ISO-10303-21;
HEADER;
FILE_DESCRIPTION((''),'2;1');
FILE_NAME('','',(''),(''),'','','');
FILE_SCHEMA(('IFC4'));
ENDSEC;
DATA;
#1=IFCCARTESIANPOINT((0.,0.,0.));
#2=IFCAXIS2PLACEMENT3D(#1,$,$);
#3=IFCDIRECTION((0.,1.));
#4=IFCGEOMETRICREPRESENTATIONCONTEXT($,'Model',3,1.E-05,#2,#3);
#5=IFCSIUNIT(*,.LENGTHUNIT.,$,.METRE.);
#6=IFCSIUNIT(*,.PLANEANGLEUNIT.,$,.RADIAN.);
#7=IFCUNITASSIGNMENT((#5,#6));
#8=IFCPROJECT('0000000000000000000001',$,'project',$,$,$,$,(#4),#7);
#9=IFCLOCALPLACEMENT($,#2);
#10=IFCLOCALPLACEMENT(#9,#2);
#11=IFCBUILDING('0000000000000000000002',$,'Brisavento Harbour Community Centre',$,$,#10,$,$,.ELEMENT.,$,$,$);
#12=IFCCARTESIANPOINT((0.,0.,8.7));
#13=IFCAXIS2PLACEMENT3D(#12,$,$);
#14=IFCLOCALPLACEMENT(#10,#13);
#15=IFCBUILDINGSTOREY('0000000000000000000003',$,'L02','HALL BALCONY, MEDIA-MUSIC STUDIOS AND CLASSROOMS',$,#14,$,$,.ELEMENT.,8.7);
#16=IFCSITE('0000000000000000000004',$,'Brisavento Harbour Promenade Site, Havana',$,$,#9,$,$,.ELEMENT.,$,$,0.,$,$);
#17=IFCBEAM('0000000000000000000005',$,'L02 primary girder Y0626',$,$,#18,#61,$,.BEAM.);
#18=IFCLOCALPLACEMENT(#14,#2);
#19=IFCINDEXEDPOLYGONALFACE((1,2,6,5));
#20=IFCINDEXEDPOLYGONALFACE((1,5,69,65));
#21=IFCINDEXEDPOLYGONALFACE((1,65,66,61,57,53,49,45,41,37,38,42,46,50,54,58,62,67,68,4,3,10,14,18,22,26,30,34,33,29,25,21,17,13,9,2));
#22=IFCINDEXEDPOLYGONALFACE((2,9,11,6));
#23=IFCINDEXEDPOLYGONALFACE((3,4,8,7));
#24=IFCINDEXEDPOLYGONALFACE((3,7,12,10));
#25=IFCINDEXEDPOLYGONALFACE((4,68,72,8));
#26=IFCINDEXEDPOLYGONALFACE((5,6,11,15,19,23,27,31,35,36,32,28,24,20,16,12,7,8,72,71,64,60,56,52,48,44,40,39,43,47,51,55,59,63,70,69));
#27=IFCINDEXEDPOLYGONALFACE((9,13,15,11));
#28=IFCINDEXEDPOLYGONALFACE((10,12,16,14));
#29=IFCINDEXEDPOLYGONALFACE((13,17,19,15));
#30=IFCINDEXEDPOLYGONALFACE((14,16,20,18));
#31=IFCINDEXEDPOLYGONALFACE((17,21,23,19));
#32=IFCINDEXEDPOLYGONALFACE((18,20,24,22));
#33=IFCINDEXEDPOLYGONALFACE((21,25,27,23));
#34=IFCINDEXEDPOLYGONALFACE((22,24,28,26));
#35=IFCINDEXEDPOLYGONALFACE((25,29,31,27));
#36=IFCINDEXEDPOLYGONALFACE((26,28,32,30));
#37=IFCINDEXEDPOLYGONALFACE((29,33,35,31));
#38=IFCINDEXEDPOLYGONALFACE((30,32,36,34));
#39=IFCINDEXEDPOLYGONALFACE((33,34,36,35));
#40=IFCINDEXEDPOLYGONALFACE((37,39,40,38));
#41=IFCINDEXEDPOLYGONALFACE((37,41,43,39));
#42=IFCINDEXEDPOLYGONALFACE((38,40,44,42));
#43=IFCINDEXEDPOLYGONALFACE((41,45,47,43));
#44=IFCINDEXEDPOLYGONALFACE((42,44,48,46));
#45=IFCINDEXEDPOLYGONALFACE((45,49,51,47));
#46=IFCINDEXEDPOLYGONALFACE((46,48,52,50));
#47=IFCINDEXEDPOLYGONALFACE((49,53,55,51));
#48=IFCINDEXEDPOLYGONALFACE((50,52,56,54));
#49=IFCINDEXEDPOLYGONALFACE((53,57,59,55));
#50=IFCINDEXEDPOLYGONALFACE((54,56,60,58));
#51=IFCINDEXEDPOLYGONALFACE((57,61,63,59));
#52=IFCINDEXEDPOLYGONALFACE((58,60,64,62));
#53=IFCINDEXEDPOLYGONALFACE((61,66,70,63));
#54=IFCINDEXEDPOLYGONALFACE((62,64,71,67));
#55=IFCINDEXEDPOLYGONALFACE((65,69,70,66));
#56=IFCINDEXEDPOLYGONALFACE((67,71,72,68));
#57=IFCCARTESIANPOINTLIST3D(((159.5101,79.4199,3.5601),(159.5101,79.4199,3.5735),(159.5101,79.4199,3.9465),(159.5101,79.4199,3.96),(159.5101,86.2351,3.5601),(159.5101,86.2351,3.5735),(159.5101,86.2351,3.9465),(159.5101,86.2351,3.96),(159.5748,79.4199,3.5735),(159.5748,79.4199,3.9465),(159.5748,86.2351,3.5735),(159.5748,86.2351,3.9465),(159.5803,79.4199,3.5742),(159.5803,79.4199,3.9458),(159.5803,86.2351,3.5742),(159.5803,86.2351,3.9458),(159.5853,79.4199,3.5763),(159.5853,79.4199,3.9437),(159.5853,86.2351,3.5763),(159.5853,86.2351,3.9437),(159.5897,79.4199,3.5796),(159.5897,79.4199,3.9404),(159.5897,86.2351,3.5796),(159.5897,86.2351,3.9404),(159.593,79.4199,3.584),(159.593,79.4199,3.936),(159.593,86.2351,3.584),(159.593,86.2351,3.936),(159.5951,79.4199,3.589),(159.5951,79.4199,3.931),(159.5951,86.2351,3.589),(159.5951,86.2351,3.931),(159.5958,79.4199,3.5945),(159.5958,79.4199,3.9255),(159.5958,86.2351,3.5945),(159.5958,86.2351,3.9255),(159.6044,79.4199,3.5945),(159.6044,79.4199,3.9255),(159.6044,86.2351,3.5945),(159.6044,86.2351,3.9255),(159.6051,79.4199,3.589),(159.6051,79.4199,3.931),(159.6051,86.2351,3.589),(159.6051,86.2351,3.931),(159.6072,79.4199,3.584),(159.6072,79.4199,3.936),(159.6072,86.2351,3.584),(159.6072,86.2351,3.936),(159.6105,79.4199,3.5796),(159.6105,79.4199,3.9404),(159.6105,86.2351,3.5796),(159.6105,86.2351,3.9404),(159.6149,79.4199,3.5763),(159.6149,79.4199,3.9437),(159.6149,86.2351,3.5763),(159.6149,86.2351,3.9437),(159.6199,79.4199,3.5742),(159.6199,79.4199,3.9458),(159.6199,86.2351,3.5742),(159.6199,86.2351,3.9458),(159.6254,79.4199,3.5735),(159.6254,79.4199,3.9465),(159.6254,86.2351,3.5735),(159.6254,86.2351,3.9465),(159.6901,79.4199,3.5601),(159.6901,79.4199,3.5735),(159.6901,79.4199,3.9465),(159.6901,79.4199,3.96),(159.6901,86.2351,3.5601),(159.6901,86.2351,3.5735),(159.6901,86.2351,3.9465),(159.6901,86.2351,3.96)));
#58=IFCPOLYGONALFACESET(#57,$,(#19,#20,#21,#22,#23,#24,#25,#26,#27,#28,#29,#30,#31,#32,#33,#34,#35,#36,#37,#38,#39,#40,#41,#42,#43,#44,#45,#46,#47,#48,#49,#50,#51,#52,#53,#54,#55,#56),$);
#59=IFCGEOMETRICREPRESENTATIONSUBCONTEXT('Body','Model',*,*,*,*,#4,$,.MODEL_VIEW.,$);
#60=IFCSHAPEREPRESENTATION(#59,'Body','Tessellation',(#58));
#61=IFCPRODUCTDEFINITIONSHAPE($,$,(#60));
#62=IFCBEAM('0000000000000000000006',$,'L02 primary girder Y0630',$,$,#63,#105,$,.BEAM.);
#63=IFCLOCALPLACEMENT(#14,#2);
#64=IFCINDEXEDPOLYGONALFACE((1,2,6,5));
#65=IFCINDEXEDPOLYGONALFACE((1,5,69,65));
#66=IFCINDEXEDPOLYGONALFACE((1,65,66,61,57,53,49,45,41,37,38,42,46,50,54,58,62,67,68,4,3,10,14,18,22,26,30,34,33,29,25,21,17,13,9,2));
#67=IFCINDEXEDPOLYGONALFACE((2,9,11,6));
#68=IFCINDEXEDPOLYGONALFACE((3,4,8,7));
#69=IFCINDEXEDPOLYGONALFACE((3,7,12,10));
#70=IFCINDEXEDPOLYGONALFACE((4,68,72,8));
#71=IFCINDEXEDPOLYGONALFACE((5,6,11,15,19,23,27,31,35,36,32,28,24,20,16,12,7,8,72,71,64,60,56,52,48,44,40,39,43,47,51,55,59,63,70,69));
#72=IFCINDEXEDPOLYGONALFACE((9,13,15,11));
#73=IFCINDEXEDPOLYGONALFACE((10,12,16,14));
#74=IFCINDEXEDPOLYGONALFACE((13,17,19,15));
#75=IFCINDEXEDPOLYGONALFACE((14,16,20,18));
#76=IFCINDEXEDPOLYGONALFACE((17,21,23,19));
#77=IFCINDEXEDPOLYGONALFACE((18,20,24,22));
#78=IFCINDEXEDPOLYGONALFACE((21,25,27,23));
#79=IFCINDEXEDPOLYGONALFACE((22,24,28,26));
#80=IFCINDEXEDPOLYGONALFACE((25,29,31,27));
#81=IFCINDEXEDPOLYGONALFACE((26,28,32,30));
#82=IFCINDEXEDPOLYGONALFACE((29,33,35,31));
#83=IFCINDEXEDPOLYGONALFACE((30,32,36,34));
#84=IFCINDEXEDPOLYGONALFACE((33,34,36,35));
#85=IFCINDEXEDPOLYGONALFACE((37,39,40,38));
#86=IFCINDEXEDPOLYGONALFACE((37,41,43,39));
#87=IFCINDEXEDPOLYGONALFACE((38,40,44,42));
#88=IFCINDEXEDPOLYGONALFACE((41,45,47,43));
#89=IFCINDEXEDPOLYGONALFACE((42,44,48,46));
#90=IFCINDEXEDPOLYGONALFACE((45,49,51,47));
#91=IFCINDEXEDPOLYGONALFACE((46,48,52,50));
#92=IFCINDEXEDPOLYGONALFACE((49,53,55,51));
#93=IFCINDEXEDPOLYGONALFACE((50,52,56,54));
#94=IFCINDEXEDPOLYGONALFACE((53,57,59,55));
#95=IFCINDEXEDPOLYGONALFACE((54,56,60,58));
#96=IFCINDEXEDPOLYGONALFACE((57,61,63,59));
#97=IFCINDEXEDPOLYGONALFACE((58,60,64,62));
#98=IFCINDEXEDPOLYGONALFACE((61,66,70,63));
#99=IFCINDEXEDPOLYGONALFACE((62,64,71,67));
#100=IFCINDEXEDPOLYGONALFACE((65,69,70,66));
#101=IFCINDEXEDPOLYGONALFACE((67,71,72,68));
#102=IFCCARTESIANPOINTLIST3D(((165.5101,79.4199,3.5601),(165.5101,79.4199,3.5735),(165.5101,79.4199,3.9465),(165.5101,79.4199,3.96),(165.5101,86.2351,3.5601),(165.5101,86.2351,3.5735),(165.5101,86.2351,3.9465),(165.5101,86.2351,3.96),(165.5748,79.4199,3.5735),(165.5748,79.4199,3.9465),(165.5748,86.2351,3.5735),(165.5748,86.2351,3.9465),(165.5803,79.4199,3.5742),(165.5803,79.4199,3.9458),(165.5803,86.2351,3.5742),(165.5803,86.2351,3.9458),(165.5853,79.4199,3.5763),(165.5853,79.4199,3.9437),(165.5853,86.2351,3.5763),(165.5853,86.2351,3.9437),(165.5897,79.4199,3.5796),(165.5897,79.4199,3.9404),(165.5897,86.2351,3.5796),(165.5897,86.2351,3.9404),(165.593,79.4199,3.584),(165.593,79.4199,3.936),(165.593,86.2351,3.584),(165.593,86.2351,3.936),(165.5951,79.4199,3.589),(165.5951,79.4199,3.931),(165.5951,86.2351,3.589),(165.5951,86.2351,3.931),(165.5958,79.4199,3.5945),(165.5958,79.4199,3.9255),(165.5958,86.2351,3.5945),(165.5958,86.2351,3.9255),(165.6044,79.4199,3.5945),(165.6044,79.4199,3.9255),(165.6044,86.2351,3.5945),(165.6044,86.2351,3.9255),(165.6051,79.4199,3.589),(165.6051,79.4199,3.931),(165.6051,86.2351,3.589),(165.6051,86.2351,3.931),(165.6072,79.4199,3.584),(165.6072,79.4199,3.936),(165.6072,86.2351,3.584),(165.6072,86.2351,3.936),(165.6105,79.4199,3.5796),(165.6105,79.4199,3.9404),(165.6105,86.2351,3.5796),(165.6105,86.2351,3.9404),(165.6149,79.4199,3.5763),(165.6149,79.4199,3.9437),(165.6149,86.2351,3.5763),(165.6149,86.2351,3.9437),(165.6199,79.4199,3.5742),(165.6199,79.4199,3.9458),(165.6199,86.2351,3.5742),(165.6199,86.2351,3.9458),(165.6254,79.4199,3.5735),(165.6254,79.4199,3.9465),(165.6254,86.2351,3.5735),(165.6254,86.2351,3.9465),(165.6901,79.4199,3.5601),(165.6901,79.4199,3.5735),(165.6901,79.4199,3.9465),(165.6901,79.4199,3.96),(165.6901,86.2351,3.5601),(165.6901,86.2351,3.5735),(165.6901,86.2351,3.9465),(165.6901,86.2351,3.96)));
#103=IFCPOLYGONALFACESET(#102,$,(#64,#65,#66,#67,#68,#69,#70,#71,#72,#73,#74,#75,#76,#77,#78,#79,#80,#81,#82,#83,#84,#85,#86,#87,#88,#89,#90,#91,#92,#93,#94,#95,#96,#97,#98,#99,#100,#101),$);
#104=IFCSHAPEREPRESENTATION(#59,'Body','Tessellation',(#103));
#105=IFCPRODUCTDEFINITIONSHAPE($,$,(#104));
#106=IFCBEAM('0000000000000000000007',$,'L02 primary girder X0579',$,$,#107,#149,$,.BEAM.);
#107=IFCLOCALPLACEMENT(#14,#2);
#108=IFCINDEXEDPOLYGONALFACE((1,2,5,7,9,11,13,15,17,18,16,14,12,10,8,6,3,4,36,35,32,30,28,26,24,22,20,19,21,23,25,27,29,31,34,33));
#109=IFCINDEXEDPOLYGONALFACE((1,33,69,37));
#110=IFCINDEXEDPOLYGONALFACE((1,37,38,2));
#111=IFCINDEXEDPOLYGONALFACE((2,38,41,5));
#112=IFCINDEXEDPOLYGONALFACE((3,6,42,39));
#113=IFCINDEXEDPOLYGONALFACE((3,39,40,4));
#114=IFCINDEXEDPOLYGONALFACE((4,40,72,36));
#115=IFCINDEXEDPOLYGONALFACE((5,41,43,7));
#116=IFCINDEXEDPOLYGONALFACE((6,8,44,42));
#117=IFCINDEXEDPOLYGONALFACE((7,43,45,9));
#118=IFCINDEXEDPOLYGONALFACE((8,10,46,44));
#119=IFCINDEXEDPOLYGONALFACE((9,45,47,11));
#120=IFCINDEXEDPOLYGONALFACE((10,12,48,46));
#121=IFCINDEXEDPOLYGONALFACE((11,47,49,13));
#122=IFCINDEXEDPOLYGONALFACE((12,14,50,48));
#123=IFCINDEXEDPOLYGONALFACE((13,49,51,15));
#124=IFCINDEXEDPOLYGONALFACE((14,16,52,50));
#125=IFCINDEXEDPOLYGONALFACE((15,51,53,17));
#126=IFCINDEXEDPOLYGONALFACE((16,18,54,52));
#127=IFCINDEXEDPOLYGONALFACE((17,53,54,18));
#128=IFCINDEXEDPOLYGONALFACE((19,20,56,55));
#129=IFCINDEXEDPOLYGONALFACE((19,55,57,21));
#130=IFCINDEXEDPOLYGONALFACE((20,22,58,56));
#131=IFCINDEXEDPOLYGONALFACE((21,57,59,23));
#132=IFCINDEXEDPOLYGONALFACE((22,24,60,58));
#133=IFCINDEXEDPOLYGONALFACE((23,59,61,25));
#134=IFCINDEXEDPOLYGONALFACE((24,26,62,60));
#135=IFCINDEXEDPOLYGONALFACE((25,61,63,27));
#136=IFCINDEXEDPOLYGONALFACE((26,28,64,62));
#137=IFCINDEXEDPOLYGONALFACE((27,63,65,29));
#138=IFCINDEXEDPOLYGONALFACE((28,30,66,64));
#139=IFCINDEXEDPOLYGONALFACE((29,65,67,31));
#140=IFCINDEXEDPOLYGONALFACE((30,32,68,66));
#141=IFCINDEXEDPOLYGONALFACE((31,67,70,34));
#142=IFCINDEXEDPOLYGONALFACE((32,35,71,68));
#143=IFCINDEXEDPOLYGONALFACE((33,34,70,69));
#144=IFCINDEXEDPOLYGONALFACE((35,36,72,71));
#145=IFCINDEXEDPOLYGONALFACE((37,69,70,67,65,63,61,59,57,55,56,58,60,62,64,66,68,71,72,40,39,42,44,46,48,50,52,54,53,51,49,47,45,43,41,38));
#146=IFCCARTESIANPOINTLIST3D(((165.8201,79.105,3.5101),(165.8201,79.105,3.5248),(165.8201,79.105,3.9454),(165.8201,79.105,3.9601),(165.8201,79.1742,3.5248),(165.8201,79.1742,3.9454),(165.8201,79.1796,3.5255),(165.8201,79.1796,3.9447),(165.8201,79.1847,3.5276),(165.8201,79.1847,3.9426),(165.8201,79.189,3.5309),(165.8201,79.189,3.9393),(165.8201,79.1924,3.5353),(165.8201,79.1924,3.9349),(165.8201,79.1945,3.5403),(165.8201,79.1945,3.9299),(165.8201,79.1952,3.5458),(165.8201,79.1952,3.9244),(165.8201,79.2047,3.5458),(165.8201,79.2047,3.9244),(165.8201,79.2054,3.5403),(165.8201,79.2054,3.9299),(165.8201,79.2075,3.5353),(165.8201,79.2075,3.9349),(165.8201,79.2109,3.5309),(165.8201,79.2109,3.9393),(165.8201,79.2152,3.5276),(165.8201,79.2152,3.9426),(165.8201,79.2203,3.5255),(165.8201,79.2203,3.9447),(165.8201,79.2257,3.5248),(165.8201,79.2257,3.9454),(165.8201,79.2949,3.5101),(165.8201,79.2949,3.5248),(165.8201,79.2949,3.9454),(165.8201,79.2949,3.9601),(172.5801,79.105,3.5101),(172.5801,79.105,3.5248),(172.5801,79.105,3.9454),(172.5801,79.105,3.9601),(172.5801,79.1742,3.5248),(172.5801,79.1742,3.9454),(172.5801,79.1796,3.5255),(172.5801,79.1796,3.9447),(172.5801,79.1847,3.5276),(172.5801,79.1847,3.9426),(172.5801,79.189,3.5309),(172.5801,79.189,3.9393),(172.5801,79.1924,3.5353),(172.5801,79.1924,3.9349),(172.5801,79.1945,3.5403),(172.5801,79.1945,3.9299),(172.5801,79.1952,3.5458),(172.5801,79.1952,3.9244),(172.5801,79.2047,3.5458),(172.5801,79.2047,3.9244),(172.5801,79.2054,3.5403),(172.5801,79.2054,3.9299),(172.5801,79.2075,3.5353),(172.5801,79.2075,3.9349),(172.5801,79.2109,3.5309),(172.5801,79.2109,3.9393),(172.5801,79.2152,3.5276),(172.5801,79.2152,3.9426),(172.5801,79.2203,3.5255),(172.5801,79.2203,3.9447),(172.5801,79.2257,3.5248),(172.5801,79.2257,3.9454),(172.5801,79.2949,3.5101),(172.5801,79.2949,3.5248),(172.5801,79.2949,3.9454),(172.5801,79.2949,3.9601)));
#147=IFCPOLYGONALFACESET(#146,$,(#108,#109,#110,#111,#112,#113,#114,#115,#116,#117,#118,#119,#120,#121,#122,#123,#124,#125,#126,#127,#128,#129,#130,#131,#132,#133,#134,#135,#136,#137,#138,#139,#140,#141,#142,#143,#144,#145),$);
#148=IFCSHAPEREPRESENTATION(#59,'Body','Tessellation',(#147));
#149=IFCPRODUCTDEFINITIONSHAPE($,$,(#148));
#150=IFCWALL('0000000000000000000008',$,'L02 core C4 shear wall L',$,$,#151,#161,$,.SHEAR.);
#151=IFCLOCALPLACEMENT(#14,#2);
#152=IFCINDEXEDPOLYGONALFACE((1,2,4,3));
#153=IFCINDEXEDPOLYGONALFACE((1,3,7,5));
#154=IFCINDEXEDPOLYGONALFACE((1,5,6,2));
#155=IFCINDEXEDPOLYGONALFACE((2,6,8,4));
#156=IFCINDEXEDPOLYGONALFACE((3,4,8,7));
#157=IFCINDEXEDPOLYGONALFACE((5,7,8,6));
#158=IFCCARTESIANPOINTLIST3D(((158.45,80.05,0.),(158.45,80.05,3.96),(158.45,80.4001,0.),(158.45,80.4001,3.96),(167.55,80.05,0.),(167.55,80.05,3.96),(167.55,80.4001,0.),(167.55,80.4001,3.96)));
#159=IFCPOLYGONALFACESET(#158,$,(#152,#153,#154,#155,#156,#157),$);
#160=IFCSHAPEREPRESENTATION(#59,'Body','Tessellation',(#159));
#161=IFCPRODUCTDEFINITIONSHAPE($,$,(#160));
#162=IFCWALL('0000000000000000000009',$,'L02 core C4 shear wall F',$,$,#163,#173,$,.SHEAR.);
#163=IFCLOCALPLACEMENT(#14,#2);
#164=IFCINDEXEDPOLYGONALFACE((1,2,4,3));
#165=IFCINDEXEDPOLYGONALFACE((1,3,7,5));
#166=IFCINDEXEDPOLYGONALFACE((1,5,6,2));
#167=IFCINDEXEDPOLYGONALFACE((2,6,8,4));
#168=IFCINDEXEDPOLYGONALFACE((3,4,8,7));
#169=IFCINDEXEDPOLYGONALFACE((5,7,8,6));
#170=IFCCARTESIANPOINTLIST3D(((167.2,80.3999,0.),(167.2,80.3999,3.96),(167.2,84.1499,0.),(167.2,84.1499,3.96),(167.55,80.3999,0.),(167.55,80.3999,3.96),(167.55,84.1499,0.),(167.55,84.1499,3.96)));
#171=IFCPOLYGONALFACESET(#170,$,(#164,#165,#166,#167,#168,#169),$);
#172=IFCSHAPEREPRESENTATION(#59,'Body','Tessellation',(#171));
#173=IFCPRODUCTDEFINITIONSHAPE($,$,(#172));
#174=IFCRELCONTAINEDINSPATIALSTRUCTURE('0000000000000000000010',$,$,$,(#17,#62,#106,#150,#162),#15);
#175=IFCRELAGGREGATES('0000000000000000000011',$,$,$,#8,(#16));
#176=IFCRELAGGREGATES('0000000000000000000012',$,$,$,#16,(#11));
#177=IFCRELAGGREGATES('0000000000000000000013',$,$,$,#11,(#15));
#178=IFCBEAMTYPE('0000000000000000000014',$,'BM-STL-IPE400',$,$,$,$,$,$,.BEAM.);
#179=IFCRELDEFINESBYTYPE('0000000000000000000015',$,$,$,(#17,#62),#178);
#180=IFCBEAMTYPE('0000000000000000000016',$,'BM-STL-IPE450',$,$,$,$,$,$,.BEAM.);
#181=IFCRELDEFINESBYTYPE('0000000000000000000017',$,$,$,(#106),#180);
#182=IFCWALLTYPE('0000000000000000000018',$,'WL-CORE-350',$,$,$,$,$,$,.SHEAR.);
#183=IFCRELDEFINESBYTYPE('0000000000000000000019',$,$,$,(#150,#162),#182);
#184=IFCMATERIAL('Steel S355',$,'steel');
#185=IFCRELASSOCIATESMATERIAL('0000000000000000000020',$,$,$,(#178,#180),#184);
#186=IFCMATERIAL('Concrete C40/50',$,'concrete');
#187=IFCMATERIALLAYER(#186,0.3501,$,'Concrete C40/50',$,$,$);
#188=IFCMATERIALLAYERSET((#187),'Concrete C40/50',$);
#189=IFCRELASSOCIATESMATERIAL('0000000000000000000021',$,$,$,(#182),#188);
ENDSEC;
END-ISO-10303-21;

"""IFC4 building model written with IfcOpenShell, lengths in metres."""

from ifc_helpers import new_model, si_unit, direction, frame, frame_2d, origin, origin_2d, place, context, subcontext, project, spatial, rectangle, i_section, extrude, material, layer, layer_set, material_profile, profile_set, type_object, element, save


model = new_model("IFC4")

# Units and contexts
model_context = context("Model", 3, precision=1e-05, world=origin(), true_north=direction((0.0, 1.0)))
body_context = subcontext(model_context, "Body", "Model", "MODEL_VIEW")
ifc_project = project(units=[si_unit("LENGTHUNIT", "METRE"), si_unit("PLANEANGLEUNIT", "RADIAN")], contexts=[model_context])

# Site, building, storey
site_placement = place(None, origin())
site = spatial("IfcSite", under=ifc_project, at=site_placement, Name="Brisavento Harbour Promenade Site, Havana", CompositionType="ELEMENT", RefElevation=0.0)
building_placement = place(site_placement, origin())
building = spatial("IfcBuilding", under=site, at=building_placement, Name="Brisavento Harbour Community Centre", CompositionType="ELEMENT")
storey_placement = place(building_placement, frame((0.0, 0.0, 8.7)))
storey = spatial("IfcBuildingStorey", under=building, at=storey_placement, Name="L02", Description="HALL BALCONY, MEDIA-MUSIC STUDIOS AND CLASSROOMS", CompositionType="ELEMENT", Elevation=8.7)

# Beams
ifc_material_1 = material(Name="Steel S355", Category="steel")
ifc_material_profile_1 = material_profile(ifc_material_1, i_section(OverallWidth=0.1799, OverallDepth=0.3999, WebThickness=0.0085, FlangeThickness=0.0134, FilletRadius=0.021, at=origin_2d()), Name="Steel S355")
ifc_profile_set_1 = profile_set([ifc_material_profile_1], Name="Steel S355")
beam_type_1 = type_object("IfcBeamType", Name="BM-STL-IPE400", PredefinedType="BEAM", material=ifc_profile_set_1)
for number, where, z_axis, x_axis, name in (
    (1, (159.6001, 79.4199, 3.76), (0.0, 1.0, 0.0), (-1.0, 0.0, 0.0), "L02 primary girder Y0626"),
    (2, (165.6001, 79.4199, 3.76), (0.0, 1.0, 0.0), (-1.0, 0.0, 0.0), "L02 primary girder Y0630"),
):
    element("IfcBeam", number, at=place(storey_placement, frame(where, z_axis=z_axis, x_axis=x_axis)), inside=storey, type_object=beam_type_1, Name=name, PredefinedType="BEAM", context=body_context, shape_type="SweptSolid", body=[
        extrude(i_section(OverallWidth=0.1799, OverallDepth=0.3999, WebThickness=0.0085, FlangeThickness=0.0134, FilletRadius=0.021, at=origin_2d()), origin(), (0.0, 0.0, 1.0), 6.8152),
    ])
ifc_material_profile_2 = material_profile(ifc_material_1, i_section(OverallWidth=0.1899, OverallDepth=0.45, WebThickness=0.0095, FlangeThickness=0.0146, FilletRadius=0.021, at=origin_2d()), Name="Steel S355")
ifc_profile_set_2 = profile_set([ifc_material_profile_2], Name="Steel S355")
beam_type_2 = type_object("IfcBeamType", Name="BM-STL-IPE450", PredefinedType="BEAM", material=ifc_profile_set_2)
beam_1_placement = place(storey_placement, frame((165.8201, 79.2, 3.7351), z_axis=(1.0, 0.0, 0.0), x_axis=(0.0, 1.0, 0.0)))
element("IfcBeam", 3, at=beam_1_placement, inside=storey, type_object=beam_type_2, Name="L02 primary girder X0579", PredefinedType="BEAM", context=body_context, shape_type="SweptSolid", body=[
    extrude(i_section(OverallWidth=0.1899, OverallDepth=0.45, WebThickness=0.0095, FlangeThickness=0.0146, FilletRadius=0.021, at=origin_2d()), origin(), (0.0, 0.0, 1.0), 6.76),
])

# Walls
ifc_material_2 = material(Name="Concrete C40/50", Category="concrete")
ifc_layer_1 = layer(ifc_material_2, 0.3501, Name="Concrete C40/50")
ifc_layer_set_1 = layer_set([ifc_layer_1], Name="Concrete C40/50")
wall_type_1 = type_object("IfcWallType", Name="WL-CORE-350", PredefinedType="SHEAR", material=ifc_layer_set_1)
wall_1_placement = place(storey_placement, frame((158.45, 80.2251, 0.0), z_axis=(0.0, 0.0, 1.0), x_axis=(1.0, 0.0, 0.0)))
element("IfcWall", 4, at=wall_1_placement, inside=storey, type_object=wall_type_1, Name="L02 core C4 shear wall L", PredefinedType="SHEAR", context=body_context, shape_type="SweptSolid", body=[
    extrude(rectangle(XDim=9.1001, YDim=0.3501, at=frame_2d((4.55, 0.0))), origin(), (0.0, 0.0, 1.0), 3.96),
])
wall_2_placement = place(storey_placement, frame((167.375, 80.3999, 0.0), z_axis=(0.0, 0.0, 1.0), x_axis=(0.0, 1.0, 0.0)))
element("IfcWall", 5, at=wall_2_placement, inside=storey, type_object=wall_type_1, Name="L02 core C4 shear wall F", PredefinedType="SHEAR", context=body_context, shape_type="SweptSolid", body=[
    extrude(rectangle(XDim=3.75, YDim=0.3501, at=frame_2d((1.875, 0.0))), origin(), (0.0, 0.0, 1.0), 3.96),
])

save(model, "model.ifc")
